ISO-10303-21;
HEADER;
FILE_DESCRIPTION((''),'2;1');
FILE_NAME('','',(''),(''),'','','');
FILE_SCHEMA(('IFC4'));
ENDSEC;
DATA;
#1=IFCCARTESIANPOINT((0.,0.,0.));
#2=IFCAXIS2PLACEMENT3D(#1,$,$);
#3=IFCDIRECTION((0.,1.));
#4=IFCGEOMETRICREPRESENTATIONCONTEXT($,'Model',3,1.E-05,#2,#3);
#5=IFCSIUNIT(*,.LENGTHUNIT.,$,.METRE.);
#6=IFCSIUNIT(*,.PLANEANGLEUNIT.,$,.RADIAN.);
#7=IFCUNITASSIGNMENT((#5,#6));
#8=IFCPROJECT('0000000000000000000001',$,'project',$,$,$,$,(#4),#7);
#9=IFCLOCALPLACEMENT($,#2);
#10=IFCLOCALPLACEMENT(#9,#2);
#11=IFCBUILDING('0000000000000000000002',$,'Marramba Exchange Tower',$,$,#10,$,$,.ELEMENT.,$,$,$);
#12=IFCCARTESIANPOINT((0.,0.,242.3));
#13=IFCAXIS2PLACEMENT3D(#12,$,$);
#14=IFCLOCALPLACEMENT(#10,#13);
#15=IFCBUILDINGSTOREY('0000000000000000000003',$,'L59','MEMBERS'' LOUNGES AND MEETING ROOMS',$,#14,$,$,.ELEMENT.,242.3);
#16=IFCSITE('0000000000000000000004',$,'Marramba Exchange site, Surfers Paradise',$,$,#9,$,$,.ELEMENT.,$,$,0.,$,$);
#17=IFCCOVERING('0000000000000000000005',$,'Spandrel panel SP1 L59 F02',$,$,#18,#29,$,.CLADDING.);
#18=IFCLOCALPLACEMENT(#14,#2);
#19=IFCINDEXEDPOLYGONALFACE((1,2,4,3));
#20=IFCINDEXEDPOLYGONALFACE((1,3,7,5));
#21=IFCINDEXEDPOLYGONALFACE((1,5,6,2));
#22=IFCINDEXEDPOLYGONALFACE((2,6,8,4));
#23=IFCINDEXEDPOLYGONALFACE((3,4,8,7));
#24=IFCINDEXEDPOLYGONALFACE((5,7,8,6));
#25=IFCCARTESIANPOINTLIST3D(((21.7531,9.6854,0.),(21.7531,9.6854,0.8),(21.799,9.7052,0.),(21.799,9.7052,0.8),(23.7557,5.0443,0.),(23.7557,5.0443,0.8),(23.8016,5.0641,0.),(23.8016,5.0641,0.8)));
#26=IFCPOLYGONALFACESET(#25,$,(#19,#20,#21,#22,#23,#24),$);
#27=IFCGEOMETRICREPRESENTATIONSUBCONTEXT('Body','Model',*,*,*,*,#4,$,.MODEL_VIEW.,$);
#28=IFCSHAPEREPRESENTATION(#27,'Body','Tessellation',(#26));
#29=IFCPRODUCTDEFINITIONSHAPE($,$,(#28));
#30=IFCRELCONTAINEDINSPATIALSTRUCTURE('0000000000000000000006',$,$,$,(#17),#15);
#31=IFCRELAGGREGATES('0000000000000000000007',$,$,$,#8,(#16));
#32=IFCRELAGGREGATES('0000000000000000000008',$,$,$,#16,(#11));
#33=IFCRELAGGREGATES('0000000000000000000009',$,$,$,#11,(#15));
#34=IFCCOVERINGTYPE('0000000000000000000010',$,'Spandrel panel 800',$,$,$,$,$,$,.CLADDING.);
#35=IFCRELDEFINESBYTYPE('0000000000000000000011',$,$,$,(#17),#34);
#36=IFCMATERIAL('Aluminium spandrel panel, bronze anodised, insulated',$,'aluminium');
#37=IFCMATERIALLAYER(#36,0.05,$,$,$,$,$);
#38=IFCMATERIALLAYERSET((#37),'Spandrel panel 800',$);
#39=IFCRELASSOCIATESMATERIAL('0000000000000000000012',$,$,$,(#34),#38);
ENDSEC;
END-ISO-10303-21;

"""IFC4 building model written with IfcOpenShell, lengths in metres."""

from ifc_helpers import new_model, si_unit, direction, frame, origin, origin_2d, place, context, subcontext, project, spatial, rectangle, extrude, material, layer, layer_set, type_object, element, save


model = new_model("IFC4")

# Units and contexts
model_context = context("Model", 3, precision=1e-05, world=origin(), true_north=direction((0.0, 1.0)))
body_context = subcontext(model_context, "Body", "Model", "MODEL_VIEW")
ifc_project = project(units=[si_unit("LENGTHUNIT", "METRE"), si_unit("PLANEANGLEUNIT", "RADIAN")], contexts=[model_context])

# Site, building, storey
site_placement = place(None, origin())
site = spatial("IfcSite", under=ifc_project, at=site_placement, Name="Marramba Exchange site, Surfers Paradise", CompositionType="ELEMENT", RefElevation=0.0)
building_placement = place(site_placement, origin())
building = spatial("IfcBuilding", under=site, at=building_placement, Name="Marramba Exchange Tower", CompositionType="ELEMENT")
storey_placement = place(building_placement, frame((0.0, 0.0, 242.3)))
storey = spatial("IfcBuildingStorey", under=building, at=storey_placement, Name="L59", Description="MEMBERS' LOUNGES AND MEETING ROOMS", CompositionType="ELEMENT", Elevation=242.3)

# Covering
ifc_material_1 = material(Name="Aluminium spandrel panel, bronze anodised, insulated", Category="aluminium")
ifc_layer_1 = layer(ifc_material_1, 0.05)
ifc_layer_set_1 = layer_set([ifc_layer_1], Name="Spandrel panel 800")
covering_type = type_object("IfcCoveringType", Name="Spandrel panel 800", PredefinedType="CLADDING", material=ifc_layer_set_1)
covering_1_placement = place(storey_placement, frame((22.7773, 7.3748, 0.0), z_axis=(0.0, 0.0, 1.0), x_axis=(-0.396193, 0.918167, 0.0)))
element("IfcCovering", 1, at=covering_1_placement, inside=storey, type_object=covering_type, Name="Spandrel panel SP1 L59 F02", PredefinedType="CLADDING", context=body_context, shape_type="SweptSolid", body=[
    extrude(rectangle(XDim=5.0547, YDim=0.05, at=origin_2d()), origin(), (0.0, 0.0, 1.0), 0.8),
])

save(model, "model.ifc")
